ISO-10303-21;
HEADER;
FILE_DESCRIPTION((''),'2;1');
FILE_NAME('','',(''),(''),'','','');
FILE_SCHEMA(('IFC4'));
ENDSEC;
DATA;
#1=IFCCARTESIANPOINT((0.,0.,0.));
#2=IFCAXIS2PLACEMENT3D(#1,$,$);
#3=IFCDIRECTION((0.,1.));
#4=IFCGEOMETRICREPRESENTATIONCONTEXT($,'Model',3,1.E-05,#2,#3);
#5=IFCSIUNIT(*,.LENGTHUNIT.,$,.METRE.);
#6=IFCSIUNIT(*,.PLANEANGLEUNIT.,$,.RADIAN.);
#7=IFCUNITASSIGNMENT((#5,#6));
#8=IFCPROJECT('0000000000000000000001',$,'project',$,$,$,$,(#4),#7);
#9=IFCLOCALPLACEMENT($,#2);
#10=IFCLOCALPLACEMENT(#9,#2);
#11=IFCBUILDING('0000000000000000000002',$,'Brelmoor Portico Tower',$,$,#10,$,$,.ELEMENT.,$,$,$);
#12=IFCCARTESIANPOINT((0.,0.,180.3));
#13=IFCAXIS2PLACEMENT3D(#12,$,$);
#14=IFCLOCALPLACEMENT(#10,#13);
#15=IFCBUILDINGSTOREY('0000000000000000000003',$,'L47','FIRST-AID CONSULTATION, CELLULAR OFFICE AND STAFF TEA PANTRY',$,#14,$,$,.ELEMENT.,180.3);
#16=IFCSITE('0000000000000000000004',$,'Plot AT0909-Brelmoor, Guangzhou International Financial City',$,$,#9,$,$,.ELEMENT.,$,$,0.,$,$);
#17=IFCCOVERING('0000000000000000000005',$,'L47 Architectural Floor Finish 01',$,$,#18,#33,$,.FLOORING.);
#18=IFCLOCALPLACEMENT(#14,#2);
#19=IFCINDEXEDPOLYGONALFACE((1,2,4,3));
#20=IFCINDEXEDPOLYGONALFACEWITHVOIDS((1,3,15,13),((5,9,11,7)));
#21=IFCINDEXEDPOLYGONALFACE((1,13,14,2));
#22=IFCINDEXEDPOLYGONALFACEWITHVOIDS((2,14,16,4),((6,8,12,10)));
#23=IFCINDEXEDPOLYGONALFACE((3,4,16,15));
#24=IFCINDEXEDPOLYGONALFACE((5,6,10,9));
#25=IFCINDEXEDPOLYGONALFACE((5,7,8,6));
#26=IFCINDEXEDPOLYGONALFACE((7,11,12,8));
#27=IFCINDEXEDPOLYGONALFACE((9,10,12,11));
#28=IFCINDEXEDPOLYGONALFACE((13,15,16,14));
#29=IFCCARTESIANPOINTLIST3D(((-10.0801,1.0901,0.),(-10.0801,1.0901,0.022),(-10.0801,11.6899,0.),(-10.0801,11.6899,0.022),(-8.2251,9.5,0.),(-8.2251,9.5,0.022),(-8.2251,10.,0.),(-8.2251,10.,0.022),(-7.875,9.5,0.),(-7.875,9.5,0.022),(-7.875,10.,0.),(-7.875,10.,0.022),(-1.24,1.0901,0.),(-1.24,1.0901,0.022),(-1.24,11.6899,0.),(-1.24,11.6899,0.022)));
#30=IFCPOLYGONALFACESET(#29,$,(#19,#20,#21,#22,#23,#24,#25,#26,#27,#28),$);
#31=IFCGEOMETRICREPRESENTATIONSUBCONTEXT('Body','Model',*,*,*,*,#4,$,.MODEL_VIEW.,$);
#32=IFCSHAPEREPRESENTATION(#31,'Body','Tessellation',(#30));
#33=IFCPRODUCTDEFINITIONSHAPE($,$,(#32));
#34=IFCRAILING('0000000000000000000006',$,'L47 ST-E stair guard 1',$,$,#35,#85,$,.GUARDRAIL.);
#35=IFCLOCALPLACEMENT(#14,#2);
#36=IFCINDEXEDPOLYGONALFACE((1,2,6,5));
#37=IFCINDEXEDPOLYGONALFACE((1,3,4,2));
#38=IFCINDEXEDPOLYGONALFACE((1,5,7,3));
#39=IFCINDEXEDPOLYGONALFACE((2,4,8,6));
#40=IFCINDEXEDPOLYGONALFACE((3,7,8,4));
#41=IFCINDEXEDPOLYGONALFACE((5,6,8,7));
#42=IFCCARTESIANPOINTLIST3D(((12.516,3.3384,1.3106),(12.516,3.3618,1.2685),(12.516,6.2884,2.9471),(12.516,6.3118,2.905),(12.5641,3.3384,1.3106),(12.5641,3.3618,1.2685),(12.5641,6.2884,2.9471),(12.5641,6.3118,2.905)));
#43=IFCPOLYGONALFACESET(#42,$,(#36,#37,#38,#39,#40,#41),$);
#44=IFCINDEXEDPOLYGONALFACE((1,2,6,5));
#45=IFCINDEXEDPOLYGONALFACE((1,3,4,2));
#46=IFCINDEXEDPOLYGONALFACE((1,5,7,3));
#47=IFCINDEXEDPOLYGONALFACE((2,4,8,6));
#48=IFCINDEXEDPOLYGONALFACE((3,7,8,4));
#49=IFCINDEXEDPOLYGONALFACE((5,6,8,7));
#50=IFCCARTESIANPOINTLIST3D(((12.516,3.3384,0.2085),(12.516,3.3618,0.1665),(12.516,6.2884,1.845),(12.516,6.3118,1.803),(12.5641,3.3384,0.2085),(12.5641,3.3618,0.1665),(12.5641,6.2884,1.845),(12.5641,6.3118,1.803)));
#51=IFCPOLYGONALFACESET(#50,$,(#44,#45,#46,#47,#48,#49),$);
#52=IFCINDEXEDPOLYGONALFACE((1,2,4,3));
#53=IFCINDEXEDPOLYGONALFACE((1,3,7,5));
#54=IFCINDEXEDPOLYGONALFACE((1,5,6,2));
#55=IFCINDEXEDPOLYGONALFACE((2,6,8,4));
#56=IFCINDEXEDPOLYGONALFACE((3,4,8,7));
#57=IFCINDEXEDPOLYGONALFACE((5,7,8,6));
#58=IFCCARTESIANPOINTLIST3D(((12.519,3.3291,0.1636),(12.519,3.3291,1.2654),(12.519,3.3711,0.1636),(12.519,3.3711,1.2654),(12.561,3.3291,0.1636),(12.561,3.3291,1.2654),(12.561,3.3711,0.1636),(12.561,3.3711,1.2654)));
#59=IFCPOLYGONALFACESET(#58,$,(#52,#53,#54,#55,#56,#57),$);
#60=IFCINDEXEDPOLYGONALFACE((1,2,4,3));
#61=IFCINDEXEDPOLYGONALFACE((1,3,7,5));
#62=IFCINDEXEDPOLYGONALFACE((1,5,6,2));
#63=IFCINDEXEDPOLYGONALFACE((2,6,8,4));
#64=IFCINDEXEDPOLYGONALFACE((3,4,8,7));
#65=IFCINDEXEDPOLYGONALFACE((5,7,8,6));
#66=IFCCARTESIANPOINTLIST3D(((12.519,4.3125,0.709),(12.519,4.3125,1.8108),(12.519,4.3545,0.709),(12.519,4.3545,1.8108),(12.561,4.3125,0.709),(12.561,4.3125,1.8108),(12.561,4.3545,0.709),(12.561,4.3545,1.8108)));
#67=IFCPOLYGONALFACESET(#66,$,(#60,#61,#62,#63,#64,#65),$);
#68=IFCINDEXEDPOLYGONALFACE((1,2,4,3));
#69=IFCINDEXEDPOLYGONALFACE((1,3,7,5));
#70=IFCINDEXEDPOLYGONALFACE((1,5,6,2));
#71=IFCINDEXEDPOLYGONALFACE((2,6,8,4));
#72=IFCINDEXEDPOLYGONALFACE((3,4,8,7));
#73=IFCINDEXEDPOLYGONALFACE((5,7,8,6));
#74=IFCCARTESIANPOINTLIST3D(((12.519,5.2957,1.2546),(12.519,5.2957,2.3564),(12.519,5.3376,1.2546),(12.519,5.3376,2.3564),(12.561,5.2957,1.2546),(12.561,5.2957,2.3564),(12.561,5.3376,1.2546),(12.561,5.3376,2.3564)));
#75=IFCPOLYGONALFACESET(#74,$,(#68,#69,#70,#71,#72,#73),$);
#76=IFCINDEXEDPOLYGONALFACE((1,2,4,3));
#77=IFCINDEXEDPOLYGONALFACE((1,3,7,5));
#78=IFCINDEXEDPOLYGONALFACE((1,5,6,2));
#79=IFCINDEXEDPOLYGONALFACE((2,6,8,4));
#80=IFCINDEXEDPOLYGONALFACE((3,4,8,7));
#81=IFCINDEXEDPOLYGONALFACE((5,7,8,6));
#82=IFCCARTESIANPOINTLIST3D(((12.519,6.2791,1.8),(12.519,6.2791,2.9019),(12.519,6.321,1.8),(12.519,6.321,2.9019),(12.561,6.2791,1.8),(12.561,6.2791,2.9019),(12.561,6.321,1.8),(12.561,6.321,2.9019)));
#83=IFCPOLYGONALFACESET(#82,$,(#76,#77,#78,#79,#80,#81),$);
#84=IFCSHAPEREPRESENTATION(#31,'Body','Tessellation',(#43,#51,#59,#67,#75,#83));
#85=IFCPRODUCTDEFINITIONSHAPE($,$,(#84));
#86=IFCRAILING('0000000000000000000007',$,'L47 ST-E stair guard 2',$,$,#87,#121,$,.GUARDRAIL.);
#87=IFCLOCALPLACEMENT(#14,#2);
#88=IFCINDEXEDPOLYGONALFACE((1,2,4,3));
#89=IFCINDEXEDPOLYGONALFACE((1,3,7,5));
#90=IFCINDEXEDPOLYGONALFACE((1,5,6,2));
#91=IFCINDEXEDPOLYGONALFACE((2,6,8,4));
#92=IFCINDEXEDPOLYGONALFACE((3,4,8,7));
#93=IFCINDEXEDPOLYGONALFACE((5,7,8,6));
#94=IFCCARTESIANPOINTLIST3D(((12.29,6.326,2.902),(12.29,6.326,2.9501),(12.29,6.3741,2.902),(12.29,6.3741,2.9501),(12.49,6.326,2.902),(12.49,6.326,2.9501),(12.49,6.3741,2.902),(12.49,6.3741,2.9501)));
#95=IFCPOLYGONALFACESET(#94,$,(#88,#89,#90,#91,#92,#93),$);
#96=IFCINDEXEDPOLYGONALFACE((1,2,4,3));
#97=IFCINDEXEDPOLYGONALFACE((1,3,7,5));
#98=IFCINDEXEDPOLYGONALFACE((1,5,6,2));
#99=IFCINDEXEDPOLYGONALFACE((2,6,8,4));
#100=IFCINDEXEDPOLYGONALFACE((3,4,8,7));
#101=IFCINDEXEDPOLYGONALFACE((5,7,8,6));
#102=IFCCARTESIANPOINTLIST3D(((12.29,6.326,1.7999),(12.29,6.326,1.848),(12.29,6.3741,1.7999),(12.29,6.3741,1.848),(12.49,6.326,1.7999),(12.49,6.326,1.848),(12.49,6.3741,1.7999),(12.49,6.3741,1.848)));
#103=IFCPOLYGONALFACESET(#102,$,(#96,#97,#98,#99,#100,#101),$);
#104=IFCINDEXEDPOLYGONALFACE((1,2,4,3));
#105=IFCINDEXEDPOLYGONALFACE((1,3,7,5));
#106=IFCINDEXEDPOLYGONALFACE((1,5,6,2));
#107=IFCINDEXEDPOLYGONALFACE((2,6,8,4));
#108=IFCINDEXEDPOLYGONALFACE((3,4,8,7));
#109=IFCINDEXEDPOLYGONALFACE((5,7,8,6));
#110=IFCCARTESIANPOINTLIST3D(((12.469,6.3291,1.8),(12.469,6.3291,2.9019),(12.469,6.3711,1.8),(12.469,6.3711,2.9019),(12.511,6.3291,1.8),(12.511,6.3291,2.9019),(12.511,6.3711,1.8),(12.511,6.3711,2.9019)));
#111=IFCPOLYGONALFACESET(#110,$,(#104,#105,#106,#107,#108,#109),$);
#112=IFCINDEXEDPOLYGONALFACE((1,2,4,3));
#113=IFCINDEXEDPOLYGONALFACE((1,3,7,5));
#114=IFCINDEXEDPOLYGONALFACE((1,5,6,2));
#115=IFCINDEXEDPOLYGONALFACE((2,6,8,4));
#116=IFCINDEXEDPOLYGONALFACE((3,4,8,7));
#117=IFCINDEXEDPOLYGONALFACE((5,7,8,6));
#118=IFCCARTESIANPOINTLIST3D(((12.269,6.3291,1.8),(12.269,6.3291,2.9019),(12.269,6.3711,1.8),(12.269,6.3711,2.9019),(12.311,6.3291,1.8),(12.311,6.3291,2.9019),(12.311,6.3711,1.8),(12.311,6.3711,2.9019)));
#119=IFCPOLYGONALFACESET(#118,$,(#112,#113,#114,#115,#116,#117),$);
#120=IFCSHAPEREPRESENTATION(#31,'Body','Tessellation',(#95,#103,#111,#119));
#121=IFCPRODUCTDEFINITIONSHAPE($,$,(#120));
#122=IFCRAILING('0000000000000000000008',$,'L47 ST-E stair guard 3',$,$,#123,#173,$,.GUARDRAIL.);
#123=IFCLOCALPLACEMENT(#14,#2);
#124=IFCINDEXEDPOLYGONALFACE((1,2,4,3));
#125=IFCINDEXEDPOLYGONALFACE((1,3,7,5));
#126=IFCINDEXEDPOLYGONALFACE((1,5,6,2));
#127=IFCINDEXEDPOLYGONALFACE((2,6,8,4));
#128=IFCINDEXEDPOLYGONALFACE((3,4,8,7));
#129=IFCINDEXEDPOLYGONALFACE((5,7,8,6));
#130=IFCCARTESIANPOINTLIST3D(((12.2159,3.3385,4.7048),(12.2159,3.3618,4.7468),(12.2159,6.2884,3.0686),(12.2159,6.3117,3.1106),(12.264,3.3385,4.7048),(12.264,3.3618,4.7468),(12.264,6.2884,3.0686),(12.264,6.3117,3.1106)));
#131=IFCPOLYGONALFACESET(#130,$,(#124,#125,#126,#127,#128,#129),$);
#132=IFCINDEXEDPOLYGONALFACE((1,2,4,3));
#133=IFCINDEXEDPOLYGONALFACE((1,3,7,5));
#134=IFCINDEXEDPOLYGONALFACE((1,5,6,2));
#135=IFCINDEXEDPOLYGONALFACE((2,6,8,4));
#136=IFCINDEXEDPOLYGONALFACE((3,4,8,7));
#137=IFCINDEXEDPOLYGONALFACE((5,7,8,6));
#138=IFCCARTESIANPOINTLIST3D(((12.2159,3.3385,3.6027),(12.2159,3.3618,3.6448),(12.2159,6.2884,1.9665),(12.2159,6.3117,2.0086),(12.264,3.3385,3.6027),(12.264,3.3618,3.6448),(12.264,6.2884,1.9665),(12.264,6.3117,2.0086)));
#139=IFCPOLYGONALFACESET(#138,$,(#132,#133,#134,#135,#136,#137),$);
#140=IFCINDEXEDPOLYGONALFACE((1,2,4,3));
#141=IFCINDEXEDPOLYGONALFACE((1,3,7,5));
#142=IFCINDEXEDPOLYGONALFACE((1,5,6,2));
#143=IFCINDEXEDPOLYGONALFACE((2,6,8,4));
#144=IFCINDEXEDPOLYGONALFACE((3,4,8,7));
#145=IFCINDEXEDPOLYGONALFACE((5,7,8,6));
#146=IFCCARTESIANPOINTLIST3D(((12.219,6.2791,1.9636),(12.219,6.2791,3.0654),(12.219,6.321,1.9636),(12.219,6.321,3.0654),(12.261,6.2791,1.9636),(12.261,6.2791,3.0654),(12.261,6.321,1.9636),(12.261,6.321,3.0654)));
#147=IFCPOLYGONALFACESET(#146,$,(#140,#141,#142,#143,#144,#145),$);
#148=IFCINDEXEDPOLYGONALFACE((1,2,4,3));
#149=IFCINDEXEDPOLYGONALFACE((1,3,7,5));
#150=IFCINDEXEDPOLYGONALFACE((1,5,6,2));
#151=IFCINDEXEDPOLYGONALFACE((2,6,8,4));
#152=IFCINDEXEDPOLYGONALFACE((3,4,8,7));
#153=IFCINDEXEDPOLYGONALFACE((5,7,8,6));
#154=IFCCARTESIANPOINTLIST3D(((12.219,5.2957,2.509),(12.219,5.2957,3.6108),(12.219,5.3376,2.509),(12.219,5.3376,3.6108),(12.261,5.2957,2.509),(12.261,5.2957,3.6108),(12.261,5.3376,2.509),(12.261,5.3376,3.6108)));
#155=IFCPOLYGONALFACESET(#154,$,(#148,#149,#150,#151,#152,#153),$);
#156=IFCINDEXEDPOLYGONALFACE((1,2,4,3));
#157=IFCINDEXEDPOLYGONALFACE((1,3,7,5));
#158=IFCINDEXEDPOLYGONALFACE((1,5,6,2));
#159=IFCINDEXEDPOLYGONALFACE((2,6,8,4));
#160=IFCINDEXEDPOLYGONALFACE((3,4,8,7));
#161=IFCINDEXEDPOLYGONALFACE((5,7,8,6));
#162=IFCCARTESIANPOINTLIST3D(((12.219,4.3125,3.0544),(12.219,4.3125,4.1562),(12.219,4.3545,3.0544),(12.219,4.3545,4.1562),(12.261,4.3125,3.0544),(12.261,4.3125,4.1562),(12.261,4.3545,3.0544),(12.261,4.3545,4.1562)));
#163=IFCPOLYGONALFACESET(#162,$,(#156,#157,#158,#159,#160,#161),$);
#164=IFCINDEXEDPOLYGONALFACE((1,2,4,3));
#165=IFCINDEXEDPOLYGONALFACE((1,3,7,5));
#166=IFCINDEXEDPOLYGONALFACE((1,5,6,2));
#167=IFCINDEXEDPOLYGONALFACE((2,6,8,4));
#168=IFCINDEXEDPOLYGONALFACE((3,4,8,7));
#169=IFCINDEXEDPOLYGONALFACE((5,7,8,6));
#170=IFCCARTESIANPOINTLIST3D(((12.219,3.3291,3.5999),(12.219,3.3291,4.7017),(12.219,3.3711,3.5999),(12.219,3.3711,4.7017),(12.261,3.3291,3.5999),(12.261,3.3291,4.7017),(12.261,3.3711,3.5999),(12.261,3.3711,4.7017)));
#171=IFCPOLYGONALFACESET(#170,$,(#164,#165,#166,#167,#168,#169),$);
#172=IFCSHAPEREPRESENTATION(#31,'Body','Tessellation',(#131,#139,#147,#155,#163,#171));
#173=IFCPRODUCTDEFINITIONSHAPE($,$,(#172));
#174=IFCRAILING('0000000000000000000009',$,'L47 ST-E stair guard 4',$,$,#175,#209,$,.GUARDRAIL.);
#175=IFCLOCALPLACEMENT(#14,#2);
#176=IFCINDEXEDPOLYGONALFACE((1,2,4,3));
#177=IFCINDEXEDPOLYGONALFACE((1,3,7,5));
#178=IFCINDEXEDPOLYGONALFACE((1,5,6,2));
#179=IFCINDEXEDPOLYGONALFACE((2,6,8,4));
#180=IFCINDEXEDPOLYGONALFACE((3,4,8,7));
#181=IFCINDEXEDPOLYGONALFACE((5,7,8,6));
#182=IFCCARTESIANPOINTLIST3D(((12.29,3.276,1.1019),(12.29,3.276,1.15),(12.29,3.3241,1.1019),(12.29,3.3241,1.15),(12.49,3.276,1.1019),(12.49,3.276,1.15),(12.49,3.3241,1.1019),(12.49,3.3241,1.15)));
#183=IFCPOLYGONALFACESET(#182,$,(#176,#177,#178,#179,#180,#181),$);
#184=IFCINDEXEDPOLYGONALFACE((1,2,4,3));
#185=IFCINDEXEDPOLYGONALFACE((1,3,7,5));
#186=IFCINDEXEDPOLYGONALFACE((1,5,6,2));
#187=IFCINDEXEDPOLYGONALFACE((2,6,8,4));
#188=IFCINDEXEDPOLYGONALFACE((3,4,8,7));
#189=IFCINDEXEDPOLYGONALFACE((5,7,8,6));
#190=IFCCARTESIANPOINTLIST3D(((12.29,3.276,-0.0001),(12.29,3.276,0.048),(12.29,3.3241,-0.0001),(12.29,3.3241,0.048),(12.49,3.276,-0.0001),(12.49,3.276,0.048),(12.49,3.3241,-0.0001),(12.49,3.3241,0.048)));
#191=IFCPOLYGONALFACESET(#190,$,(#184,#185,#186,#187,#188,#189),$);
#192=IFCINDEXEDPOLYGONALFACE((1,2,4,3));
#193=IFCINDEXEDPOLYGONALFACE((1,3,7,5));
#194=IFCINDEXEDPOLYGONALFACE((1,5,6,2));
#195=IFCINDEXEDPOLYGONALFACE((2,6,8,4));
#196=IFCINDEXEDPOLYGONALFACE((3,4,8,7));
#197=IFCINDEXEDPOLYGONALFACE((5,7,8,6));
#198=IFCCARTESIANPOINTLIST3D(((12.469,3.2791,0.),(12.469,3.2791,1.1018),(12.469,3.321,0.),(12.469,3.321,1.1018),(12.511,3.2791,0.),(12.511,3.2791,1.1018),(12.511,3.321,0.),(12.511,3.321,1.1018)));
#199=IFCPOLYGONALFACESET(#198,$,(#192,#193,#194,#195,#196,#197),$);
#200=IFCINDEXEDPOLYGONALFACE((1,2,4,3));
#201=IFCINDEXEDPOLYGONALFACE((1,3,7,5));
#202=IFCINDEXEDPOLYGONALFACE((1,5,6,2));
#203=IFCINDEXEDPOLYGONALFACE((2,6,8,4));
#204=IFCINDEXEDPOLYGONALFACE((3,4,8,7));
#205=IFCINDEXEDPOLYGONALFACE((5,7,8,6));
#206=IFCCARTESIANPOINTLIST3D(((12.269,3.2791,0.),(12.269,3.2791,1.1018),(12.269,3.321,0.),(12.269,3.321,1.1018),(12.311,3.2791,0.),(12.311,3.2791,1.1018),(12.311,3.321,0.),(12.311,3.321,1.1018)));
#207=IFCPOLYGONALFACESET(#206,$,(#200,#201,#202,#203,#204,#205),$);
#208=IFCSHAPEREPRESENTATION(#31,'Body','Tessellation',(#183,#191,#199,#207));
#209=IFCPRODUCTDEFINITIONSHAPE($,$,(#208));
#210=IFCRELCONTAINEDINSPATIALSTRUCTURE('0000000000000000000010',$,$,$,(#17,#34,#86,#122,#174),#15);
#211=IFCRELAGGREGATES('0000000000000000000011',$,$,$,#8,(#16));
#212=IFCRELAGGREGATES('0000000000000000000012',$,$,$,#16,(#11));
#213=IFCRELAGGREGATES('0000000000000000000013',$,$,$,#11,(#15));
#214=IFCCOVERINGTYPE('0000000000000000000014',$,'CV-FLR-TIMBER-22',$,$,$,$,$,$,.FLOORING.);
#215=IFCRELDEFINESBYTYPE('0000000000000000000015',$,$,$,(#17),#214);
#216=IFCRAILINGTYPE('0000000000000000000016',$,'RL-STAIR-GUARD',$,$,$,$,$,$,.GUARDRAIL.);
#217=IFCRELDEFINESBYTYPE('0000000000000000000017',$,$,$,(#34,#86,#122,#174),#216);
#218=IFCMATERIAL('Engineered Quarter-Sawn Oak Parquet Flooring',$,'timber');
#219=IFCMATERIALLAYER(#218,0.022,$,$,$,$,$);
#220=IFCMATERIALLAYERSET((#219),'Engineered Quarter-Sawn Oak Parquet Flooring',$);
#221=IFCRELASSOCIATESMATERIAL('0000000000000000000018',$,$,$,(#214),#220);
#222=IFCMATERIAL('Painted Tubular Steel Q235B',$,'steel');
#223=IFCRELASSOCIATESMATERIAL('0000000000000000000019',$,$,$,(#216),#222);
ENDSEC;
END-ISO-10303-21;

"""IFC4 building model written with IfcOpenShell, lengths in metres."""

from ifc_helpers import new_model, si_unit, direction, frame, origin, origin_2d, place, context, subcontext, project, spatial, polyline, rectangle, outline, extrude, material, layer, layer_set, type_object, element, save


model = new_model("IFC4")

# Units and contexts
model_context = context("Model", 3, precision=1e-05, world=origin(), true_north=direction((0.0, 1.0)))
body_context = subcontext(model_context, "Body", "Model", "MODEL_VIEW")
ifc_project = project(units=[si_unit("LENGTHUNIT", "METRE"), si_unit("PLANEANGLEUNIT", "RADIAN")], contexts=[model_context])

# Site, building, storey
site_placement = place(None, origin())
site = spatial("IfcSite", under=ifc_project, at=site_placement, Name="Plot AT0909-Brelmoor, Guangzhou International Financial City", CompositionType="ELEMENT", RefElevation=0.0)
building_placement = place(site_placement, origin())
building = spatial("IfcBuilding", under=site, at=building_placement, Name="Brelmoor Portico Tower", CompositionType="ELEMENT")
storey_placement = place(building_placement, frame((0.0, 0.0, 180.3)))
storey = spatial("IfcBuildingStorey", under=building, at=storey_placement, Name="L47", Description="FIRST-AID CONSULTATION, CELLULAR OFFICE AND STAFF TEA PANTRY", CompositionType="ELEMENT", Elevation=180.3)

# Covering
ifc_material_1 = material(Name="Engineered Quarter-Sawn Oak Parquet Flooring", Category="timber")
ifc_layer_1 = layer(ifc_material_1, 0.022)
ifc_layer_set_1 = layer_set([ifc_layer_1], Name="Engineered Quarter-Sawn Oak Parquet Flooring")
covering_type_1 = type_object("IfcCoveringType", Name="CV-FLR-TIMBER-22", PredefinedType="FLOORING", material=ifc_layer_set_1)
covering_1_placement = place(storey_placement, origin())
element("IfcCovering", 1, at=covering_1_placement, inside=storey, type_object=covering_type_1, Name="L47 Architectural Floor Finish 01", PredefinedType="FLOORING", context=body_context, shape_type="SweptSolid", body=[
    extrude(outline(polyline([(-10.0801, 11.6899), (-1.24, 11.6899), (-1.24, 1.0901), (-10.0801, 1.0901), (-10.0801, 11.6899)]), holes=[polyline([(-7.875, 9.5), (-7.875, 10.0), (-8.2251, 10.0), (-8.2251, 9.5), (-7.875, 9.5)])]), origin(), (0.0, 0.0, 1.0), 0.022),
])

# Railings
ifc_material_2 = material(Name="Painted Tubular Steel Q235B", Category="steel")
railing_type_1 = type_object("IfcRailingType", Name="RL-STAIR-GUARD", PredefinedType="GUARDRAIL", material=ifc_material_2)
railing_1_placement = place(storey_placement, frame((12.54, 3.3501, 0.1636)))
element("IfcRailing", 2, at=railing_1_placement, inside=storey, type_object=railing_type_1, Name="L47 ST-E stair guard 1", PredefinedType="GUARDRAIL", context=body_context, shape_type="SweptSolid", body=[
    extrude(rectangle(XDim=0.0481, YDim=0.0481, at=origin_2d()), frame((0.0, 0.0, 1.126), z_axis=(0.0, 0.874458, 0.485102), x_axis=(-1.0, 0.0, 0.0)), (0.0, 0.0, 1.0), 3.3735),
    extrude(rectangle(XDim=0.0481, YDim=0.0481, at=origin_2d()), frame((0.0, 0.0, 0.0239), z_axis=(0.0, 0.874458, 0.485102), x_axis=(-1.0, 0.0, 0.0)), (0.0, 0.0, 1.0), 3.3735),
    extrude(rectangle(XDim=0.042, YDim=0.042, at=origin_2d()), origin(), (0.0, 0.0, 1.0), 1.1018),
    extrude(rectangle(XDim=0.042, YDim=0.042, at=origin_2d()), frame((0.0, 0.9834, 0.5454)), (0.0, 0.0, 1.0), 1.1018),
    extrude(rectangle(XDim=0.042, YDim=0.042, at=origin_2d()), frame((0.0, 1.9666, 1.0911)), (0.0, 0.0, 1.0), 1.1018),
    extrude(rectangle(XDim=0.042, YDim=0.042, at=origin_2d()), frame((0.0, 2.95, 1.6365)), (0.0, 0.0, 1.0), 1.1018),
])
railing_2_placement = place(storey_placement, frame((12.49, 6.3501, 1.8)))
element("IfcRailing", 3, at=railing_2_placement, inside=storey, type_object=railing_type_1, Name="L47 ST-E stair guard 2", PredefinedType="GUARDRAIL", context=body_context, shape_type="SweptSolid", body=[
    extrude(rectangle(XDim=0.0481, YDim=0.0481, at=origin_2d()), frame((0.0, 0.0, 1.126), z_axis=(-1.0, 0.0, 0.0), x_axis=(0.0, -1.0, 0.0)), (0.0, 0.0, 1.0), 0.2),
    extrude(rectangle(XDim=0.0481, YDim=0.0481, at=origin_2d()), frame((0.0, 0.0, 0.0239), z_axis=(-1.0, 0.0, 0.0), x_axis=(0.0, -1.0, 0.0)), (0.0, 0.0, 1.0), 0.2),
    extrude(rectangle(XDim=0.042, YDim=0.042, at=origin_2d()), origin(), (0.0, 0.0, 1.0), 1.1018),
    extrude(rectangle(XDim=0.042, YDim=0.042, at=origin_2d()), frame((-0.2, 0.0, 0.0)), (0.0, 0.0, 1.0), 1.1018),
])
railing_3_placement = place(storey_placement, frame((12.24, 6.3, 1.9636)))
element("IfcRailing", 4, at=railing_3_placement, inside=storey, type_object=railing_type_1, Name="L47 ST-E stair guard 3", PredefinedType="GUARDRAIL", context=body_context, shape_type="SweptSolid", body=[
    extrude(rectangle(XDim=0.0481, YDim=0.0481, at=origin_2d()), frame((0.0, 0.0, 1.126), z_axis=(0.0, -0.874488, 0.485047), x_axis=(1.0, 0.0, 0.0)), (0.0, 0.0, 1.0), 3.3733),
    extrude(rectangle(XDim=0.0481, YDim=0.0481, at=origin_2d()), frame((0.0, 0.0, 0.0239), z_axis=(0.0, -0.874488, 0.485047), x_axis=(1.0, 0.0, 0.0)), (0.0, 0.0, 1.0), 3.3733),
    extrude(rectangle(XDim=0.042, YDim=0.042, at=origin_2d()), origin(), (0.0, 0.0, 1.0), 1.1018),
    extrude(rectangle(XDim=0.042, YDim=0.042, at=origin_2d()), frame((0.0, -0.9834, 0.5454)), (0.0, 0.0, 1.0), 1.1018),
    extrude(rectangle(XDim=0.042, YDim=0.042, at=origin_2d()), frame((0.0, -1.9666, 1.0908)), (0.0, 0.0, 1.0), 1.1018),
    extrude(rectangle(XDim=0.042, YDim=0.042, at=origin_2d()), frame((0.0, -2.95, 1.6362)), (0.0, 0.0, 1.0), 1.1018),
])
railing_4_placement = place(storey_placement, frame((12.49, 3.3, 0.0)))
element("IfcRailing", 5, at=railing_4_placement, inside=storey, type_object=railing_type_1, Name="L47 ST-E stair guard 4", PredefinedType="GUARDRAIL", context=body_context, shape_type="SweptSolid", body=[
    extrude(rectangle(XDim=0.0481, YDim=0.0481, at=origin_2d()), frame((0.0, 0.0, 1.126), z_axis=(-1.0, 0.0, 0.0), x_axis=(0.0, -1.0, 0.0)), (0.0, 0.0, 1.0), 0.2),
    extrude(rectangle(XDim=0.0481, YDim=0.0481, at=origin_2d()), frame((0.0, 0.0, 0.0239), z_axis=(-1.0, 0.0, 0.0), x_axis=(0.0, -1.0, 0.0)), (0.0, 0.0, 1.0), 0.2),
    extrude(rectangle(XDim=0.042, YDim=0.042, at=origin_2d()), origin(), (0.0, 0.0, 1.0), 1.1018),
    extrude(rectangle(XDim=0.042, YDim=0.042, at=origin_2d()), frame((-0.2, 0.0, 0.0)), (0.0, 0.0, 1.0), 1.1018),
])

save(model, "model.ifc")
